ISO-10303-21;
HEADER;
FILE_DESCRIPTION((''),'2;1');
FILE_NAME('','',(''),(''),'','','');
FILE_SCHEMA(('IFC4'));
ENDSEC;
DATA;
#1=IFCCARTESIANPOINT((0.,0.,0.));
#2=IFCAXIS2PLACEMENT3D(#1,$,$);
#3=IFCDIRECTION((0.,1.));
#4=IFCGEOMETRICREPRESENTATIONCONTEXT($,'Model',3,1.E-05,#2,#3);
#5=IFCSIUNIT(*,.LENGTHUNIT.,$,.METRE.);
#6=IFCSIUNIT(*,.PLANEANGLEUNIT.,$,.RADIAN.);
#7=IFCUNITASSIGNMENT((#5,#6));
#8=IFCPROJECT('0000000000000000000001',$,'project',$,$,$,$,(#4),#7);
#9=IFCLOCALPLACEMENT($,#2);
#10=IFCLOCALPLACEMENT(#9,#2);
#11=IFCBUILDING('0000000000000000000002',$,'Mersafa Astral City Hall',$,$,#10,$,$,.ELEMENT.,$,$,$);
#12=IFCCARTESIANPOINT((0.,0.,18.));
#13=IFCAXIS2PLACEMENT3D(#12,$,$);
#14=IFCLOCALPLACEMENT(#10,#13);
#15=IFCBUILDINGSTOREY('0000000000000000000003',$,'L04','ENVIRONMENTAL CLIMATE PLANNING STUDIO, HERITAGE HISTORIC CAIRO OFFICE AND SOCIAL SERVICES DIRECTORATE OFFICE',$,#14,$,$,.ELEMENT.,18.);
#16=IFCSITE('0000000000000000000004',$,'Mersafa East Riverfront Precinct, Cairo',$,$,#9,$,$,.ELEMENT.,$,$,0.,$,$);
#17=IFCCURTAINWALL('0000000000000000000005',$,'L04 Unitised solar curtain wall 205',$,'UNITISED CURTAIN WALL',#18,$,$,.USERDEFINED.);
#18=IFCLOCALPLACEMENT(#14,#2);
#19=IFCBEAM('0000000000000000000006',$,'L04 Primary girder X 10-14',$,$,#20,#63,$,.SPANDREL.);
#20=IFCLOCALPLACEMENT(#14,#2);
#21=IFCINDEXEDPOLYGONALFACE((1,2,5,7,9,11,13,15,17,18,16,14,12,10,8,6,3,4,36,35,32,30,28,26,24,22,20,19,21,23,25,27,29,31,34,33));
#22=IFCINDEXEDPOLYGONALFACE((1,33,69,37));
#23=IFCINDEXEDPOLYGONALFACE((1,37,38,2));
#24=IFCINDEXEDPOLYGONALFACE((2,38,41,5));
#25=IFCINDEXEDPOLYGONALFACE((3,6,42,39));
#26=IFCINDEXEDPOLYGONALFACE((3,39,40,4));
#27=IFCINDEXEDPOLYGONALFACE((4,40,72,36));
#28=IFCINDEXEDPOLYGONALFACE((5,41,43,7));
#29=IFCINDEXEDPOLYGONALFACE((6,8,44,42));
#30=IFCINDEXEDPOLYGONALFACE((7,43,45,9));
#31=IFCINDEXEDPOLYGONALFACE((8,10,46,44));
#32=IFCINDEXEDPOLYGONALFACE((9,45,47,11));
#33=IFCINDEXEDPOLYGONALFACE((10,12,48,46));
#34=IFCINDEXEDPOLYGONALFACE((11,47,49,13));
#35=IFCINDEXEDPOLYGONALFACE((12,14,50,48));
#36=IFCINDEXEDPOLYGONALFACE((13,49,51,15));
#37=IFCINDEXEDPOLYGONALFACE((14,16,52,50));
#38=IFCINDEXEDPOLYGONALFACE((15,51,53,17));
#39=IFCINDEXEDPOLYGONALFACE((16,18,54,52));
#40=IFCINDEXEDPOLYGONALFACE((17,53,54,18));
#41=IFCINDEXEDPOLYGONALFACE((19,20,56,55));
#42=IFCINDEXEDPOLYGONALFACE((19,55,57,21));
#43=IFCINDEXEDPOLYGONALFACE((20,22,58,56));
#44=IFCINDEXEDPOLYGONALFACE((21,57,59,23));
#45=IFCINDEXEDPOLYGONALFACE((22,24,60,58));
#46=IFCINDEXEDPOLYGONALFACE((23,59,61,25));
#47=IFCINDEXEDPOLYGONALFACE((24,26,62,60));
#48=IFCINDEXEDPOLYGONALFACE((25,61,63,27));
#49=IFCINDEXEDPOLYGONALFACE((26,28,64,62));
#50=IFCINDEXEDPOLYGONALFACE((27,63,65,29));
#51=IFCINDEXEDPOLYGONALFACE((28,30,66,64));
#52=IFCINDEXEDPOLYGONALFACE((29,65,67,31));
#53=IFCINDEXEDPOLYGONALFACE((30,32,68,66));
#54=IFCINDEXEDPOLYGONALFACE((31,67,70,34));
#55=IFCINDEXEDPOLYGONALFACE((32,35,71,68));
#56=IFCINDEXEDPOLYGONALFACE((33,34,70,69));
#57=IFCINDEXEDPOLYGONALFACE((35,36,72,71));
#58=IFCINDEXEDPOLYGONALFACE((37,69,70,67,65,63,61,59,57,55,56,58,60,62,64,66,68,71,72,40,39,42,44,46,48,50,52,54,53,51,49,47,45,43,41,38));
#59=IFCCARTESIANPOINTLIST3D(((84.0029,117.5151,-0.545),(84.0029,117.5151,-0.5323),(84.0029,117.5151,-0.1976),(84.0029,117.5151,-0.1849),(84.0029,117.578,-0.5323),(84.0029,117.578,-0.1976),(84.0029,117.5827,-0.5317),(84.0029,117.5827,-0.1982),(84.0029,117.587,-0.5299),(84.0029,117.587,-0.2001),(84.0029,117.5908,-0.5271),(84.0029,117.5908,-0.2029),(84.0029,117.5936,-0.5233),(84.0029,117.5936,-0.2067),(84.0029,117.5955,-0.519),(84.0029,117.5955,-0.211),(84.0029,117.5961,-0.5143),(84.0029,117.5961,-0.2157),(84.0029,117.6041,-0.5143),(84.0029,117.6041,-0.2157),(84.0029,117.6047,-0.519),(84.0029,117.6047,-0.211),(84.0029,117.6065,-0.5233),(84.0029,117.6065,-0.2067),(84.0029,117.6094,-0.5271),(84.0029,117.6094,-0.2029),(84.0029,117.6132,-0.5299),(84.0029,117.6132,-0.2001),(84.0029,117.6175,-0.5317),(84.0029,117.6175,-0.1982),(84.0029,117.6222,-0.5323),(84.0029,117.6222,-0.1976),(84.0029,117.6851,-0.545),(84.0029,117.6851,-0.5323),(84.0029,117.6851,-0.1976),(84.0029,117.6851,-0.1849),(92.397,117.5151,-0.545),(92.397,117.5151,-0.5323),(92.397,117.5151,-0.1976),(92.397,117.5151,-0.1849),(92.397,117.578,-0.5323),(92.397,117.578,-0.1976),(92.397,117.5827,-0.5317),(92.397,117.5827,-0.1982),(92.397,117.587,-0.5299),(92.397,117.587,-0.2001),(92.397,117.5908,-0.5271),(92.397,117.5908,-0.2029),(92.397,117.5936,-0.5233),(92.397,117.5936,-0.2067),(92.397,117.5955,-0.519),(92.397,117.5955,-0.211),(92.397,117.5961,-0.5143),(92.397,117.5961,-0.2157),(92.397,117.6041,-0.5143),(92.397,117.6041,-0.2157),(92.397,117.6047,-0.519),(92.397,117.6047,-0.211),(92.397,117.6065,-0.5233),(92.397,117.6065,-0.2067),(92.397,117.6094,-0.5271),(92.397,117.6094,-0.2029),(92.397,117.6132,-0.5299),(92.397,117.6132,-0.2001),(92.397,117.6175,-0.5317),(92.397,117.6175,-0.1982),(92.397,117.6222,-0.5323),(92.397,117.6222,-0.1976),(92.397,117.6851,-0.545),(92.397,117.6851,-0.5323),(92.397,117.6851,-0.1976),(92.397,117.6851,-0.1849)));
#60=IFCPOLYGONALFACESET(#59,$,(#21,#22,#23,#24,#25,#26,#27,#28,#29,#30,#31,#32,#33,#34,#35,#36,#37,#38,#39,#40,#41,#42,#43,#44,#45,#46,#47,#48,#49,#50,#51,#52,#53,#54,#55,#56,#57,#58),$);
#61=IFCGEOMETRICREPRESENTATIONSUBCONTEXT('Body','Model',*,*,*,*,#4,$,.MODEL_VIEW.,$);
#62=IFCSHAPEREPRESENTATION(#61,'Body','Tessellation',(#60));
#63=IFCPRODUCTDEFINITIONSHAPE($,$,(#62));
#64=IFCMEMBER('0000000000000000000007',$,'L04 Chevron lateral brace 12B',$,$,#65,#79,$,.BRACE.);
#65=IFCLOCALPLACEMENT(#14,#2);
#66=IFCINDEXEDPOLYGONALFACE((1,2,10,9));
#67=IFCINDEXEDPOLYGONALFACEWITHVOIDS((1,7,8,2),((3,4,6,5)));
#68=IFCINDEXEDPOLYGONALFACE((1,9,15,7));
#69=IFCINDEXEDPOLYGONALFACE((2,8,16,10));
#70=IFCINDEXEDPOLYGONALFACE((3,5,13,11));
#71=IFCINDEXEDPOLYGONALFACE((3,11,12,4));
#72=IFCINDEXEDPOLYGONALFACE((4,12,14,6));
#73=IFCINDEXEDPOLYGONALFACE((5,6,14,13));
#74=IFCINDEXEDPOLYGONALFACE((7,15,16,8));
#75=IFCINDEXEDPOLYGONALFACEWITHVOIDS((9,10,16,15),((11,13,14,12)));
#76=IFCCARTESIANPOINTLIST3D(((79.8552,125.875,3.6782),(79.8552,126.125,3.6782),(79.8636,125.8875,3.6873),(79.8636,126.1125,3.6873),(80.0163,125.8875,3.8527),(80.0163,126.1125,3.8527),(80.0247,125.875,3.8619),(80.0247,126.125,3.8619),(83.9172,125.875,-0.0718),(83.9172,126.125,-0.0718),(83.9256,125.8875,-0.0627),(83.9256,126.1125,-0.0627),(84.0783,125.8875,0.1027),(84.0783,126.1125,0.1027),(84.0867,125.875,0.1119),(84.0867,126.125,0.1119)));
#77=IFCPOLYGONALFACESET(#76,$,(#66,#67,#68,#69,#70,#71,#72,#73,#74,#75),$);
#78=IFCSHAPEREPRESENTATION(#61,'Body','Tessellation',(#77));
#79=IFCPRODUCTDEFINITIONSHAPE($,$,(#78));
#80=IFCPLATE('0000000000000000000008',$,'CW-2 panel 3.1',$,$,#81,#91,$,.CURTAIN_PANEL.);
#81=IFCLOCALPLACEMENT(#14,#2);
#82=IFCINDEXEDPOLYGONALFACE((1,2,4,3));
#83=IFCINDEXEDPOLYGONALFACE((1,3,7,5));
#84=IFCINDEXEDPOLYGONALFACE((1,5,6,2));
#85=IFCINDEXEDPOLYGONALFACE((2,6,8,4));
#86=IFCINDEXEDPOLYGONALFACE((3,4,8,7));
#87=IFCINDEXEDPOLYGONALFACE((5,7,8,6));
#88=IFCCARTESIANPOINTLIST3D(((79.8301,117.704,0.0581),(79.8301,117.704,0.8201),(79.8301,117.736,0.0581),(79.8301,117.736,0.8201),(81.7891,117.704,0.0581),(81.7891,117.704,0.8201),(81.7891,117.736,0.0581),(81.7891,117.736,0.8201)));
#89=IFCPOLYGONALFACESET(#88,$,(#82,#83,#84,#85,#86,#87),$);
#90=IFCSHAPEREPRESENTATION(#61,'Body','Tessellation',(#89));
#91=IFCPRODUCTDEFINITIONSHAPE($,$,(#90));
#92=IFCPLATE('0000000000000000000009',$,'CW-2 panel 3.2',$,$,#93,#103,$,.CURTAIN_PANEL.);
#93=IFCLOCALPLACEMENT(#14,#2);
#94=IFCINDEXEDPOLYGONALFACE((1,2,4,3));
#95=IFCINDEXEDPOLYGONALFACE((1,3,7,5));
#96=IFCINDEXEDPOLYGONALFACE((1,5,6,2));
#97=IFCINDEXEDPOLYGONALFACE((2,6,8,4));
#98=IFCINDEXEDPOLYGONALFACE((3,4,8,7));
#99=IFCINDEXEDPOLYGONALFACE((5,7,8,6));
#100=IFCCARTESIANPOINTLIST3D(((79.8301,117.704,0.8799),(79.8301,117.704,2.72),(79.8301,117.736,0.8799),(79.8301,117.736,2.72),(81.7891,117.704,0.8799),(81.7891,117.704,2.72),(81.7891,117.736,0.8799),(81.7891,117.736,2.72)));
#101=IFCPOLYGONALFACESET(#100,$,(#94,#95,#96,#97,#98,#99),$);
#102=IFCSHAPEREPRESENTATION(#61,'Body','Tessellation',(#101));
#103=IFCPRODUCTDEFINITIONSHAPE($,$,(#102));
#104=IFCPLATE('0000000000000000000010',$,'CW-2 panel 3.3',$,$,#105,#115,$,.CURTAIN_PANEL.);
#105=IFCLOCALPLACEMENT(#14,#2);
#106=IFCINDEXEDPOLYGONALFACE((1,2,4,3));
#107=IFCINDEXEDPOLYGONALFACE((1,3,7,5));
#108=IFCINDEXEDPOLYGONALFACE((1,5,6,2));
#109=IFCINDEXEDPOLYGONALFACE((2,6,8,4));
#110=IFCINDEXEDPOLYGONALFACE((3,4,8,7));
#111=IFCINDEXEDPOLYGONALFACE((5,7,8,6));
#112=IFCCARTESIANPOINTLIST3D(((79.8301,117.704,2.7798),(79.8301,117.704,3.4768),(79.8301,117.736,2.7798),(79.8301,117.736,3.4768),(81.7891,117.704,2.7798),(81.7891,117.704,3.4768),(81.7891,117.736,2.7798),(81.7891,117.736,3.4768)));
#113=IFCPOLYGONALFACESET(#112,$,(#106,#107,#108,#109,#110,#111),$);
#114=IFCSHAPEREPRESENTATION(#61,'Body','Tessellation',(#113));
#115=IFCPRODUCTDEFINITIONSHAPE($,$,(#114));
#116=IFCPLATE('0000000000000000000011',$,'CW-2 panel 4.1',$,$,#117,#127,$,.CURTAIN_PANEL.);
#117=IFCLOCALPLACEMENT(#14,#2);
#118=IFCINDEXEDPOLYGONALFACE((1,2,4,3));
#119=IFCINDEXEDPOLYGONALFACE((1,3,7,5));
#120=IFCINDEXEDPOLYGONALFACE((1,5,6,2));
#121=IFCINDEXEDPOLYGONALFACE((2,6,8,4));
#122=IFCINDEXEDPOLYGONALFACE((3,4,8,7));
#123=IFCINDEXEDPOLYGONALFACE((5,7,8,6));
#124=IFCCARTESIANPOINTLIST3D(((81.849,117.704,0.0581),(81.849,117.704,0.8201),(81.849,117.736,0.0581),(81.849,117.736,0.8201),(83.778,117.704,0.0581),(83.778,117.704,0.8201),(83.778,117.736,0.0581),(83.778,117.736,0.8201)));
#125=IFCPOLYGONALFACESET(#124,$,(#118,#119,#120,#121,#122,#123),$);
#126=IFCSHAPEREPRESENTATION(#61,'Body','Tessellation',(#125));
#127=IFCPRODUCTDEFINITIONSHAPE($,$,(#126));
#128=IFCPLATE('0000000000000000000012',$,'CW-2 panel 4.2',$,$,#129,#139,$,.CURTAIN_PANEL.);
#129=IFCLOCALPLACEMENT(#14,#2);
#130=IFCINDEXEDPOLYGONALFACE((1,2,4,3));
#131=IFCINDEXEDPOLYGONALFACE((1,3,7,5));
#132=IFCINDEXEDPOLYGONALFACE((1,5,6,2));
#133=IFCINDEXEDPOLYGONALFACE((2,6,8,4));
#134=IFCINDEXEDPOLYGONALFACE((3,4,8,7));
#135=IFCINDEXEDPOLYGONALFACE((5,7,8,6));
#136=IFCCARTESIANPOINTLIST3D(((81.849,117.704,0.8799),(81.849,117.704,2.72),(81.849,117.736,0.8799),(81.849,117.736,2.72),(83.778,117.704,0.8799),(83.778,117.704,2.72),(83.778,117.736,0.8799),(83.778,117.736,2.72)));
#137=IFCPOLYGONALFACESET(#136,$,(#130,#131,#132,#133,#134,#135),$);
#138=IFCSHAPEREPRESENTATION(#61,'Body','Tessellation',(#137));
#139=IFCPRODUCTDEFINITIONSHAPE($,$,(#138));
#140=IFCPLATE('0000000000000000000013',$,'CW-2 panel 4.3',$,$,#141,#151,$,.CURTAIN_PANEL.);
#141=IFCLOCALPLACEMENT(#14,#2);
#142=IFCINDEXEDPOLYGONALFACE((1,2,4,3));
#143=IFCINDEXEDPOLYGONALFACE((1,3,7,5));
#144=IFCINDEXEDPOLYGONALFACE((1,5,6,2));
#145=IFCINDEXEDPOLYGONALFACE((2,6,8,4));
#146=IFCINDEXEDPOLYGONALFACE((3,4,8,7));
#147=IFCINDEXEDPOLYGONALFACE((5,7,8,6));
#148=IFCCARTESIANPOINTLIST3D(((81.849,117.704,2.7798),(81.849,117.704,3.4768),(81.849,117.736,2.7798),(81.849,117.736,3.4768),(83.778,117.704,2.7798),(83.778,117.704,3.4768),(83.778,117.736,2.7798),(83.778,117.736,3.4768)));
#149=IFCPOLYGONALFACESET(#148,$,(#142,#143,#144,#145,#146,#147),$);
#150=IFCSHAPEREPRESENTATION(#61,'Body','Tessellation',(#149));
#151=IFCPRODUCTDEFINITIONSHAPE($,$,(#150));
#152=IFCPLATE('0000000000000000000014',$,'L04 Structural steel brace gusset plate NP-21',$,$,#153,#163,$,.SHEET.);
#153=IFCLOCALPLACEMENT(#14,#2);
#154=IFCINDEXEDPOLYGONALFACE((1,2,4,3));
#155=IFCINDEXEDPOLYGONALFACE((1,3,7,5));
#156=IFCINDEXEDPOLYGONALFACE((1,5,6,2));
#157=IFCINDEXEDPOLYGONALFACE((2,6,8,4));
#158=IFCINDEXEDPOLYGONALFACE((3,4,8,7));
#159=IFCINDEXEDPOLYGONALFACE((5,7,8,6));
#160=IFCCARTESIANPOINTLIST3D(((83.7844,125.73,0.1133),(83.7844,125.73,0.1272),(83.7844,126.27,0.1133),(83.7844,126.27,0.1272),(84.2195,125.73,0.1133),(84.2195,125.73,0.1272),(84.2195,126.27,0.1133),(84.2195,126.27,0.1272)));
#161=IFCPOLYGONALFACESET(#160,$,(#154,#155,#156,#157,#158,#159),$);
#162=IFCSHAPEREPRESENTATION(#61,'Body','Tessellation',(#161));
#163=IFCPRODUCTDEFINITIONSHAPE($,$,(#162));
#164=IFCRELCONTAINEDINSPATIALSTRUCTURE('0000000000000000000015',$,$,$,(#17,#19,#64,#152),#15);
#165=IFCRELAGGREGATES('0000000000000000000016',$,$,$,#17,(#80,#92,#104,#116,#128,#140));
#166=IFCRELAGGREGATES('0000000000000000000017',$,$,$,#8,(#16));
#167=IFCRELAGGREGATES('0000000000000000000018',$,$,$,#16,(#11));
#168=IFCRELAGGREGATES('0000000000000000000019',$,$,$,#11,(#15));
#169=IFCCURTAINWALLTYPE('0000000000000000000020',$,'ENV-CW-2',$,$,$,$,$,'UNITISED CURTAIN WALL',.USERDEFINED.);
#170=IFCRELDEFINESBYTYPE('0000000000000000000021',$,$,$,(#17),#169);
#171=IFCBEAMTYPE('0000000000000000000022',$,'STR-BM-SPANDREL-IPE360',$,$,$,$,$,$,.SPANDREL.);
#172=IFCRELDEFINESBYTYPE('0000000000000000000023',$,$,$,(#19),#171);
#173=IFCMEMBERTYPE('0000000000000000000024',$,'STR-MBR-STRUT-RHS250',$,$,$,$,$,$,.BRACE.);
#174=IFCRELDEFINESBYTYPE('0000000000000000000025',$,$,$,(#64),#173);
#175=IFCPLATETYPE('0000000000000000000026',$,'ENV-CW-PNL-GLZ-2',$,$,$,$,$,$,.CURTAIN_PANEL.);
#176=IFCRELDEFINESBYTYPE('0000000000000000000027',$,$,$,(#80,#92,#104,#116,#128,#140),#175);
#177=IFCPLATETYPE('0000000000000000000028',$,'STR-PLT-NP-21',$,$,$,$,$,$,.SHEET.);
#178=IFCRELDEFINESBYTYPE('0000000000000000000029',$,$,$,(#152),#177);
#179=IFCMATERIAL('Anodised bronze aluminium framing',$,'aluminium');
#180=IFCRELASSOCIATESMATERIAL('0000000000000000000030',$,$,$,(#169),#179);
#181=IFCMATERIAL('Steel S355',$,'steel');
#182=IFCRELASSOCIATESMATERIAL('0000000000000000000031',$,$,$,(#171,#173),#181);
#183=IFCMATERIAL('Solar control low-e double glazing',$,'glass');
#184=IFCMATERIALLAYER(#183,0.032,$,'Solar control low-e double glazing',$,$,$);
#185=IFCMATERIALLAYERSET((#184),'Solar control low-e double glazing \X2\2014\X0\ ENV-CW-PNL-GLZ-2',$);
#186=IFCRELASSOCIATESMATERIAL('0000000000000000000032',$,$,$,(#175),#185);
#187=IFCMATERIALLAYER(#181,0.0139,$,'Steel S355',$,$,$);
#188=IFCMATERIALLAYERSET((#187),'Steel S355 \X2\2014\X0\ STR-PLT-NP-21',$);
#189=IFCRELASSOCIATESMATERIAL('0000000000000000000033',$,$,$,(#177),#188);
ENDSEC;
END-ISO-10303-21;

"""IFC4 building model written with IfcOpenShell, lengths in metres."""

from ifc_helpers import new_model, si_unit, direction, frame, origin, origin_2d, place, context, subcontext, project, spatial, rectangle, hollow_rectangle, i_section, extrude, material, layer, layer_set, material_profile, profile_set, type_object, element, aggregate, save


model = new_model("IFC4")

# Units and contexts
model_context = context("Model", 3, precision=1e-05, world=origin(), true_north=direction((0.0, 1.0)))
body_context = subcontext(model_context, "Body", "Model", "MODEL_VIEW")
ifc_project = project(units=[si_unit("LENGTHUNIT", "METRE"), si_unit("PLANEANGLEUNIT", "RADIAN")], contexts=[model_context])

# Site, building, storey
site_placement = place(None, origin())
site = spatial("IfcSite", under=ifc_project, at=site_placement, Name="Mersafa East Riverfront Precinct, Cairo", CompositionType="ELEMENT", RefElevation=0.0)
building_placement = place(site_placement, origin())
building = spatial("IfcBuilding", under=site, at=building_placement, Name="Mersafa Astral City Hall", CompositionType="ELEMENT")
storey_placement = place(building_placement, frame((0.0, 0.0, 18.0)))
storey = spatial("IfcBuildingStorey", under=building, at=storey_placement, Name="L04", Description="ENVIRONMENTAL CLIMATE PLANNING STUDIO, HERITAGE HISTORIC CAIRO OFFICE AND SOCIAL SERVICES DIRECTORATE OFFICE", CompositionType="ELEMENT", Elevation=18.0)

# Shared definitions
ifc_material_1 = material(Name="Steel S355", Category="steel")

# Curtain wall
ifc_material_2 = material(Name="Anodised bronze aluminium framing", Category="aluminium")
curtain_wall_type = type_object("IfcCurtainWallType", Name="ENV-CW-2", ElementType="UNITISED CURTAIN WALL", PredefinedType="USERDEFINED", material=ifc_material_2)
curtain_wall_placement = place(storey_placement, origin())
curtain_wall = element("IfcCurtainWall", 1, at=curtain_wall_placement, inside=storey, type_object=curtain_wall_type, Name="L04 Unitised solar curtain wall 205", ObjectType="UNITISED CURTAIN WALL", PredefinedType="USERDEFINED")

# Beam
ifc_material_profile_1 = material_profile(ifc_material_1, i_section(OverallWidth=0.1699, OverallDepth=0.3601, WebThickness=0.0081, FlangeThickness=0.0127, FilletRadius=0.0181, at=origin_2d()), Name="IPE 360")
ifc_profile_set_1 = profile_set([ifc_material_profile_1], Name="Steel S355")
beam_type_1 = type_object("IfcBeamType", Name="STR-BM-SPANDREL-IPE360", PredefinedType="SPANDREL", material=ifc_profile_set_1)
beam_1_placement = place(storey_placement, frame((84.0029, 117.6001, -0.365), z_axis=(1.0, 0.0, 0.0), x_axis=(0.0, 1.0, 0.0)))
element("IfcBeam", 2, at=beam_1_placement, inside=storey, type_object=beam_type_1, Name="L04 Primary girder X 10-14", PredefinedType="SPANDREL", context=body_context, shape_type="SweptSolid", body=[
    extrude(i_section(OverallWidth=0.1699, OverallDepth=0.3601, WebThickness=0.0081, FlangeThickness=0.0127, FilletRadius=0.0181, at=origin_2d()), origin(), (0.0, 0.0, 1.0), 8.394),
])

# Member
ifc_material_profile_2 = material_profile(ifc_material_1, hollow_rectangle(XDim=0.25, YDim=0.25, WallThickness=0.0125, at=origin_2d()), Name="RHS 250x250x12.5")
ifc_profile_set_2 = profile_set([ifc_material_profile_2], Name="Steel S355")
member_type_1 = type_object("IfcMemberType", Name="STR-MBR-STRUT-RHS250", PredefinedType="BRACE", material=ifc_profile_set_2)
member_1_placement = place(storey_placement, frame((84.002, 126.0, 0.02), z_axis=(-0.734763, 0.0, 0.678324), x_axis=(0.0, -1.0, 0.0)))
element("IfcMember", 3, at=member_1_placement, inside=storey, type_object=member_type_1, Name="L04 Chevron lateral brace 12B", PredefinedType="BRACE", context=body_context, shape_type="SweptSolid", body=[
    extrude(hollow_rectangle(XDim=0.25, YDim=0.25, WallThickness=0.0125, at=origin_2d()), origin(), (0.0, 0.0, 1.0), 5.5283),
])

# Plates
ifc_material_3 = material(Name="Solar control low-e double glazing", Category="glass")
ifc_layer_1 = layer(ifc_material_3, 0.032, Name="Solar control low-e double glazing")
ifc_layer_set_1 = layer_set([ifc_layer_1], Name="Solar control low-e double glazing — ENV-CW-PNL-GLZ-2")
plate_type_1 = type_object("IfcPlateType", Name="ENV-CW-PNL-GLZ-2", PredefinedType="CURTAIN_PANEL", material=ifc_layer_set_1)
plate_1_placement = place(storey_placement, frame((80.8096, 117.72, 0.0581), z_axis=(0.0, 0.0, 1.0), x_axis=(1.0, 0.0, 0.0)))
plate_1 = element("IfcPlate", 4, at=plate_1_placement, type_object=plate_type_1, Name="CW-2 panel 3.1", PredefinedType="CURTAIN_PANEL", context=body_context, shape_type="SweptSolid", body=[
    extrude(rectangle(XDim=1.959, YDim=0.032, at=origin_2d()), origin(), (0.0, 0.0, 1.0), 0.762),
])
plate_2_placement = place(storey_placement, frame((80.8096, 117.72, 0.8799), z_axis=(0.0, 0.0, 1.0), x_axis=(1.0, 0.0, 0.0)))
plate_2 = element("IfcPlate", 5, at=plate_2_placement, type_object=plate_type_1, Name="CW-2 panel 3.2", PredefinedType="CURTAIN_PANEL", context=body_context, shape_type="SweptSolid", body=[
    extrude(rectangle(XDim=1.959, YDim=0.032, at=origin_2d()), origin(), (0.0, 0.0, 1.0), 1.8401),
])
plate_3_placement = place(storey_placement, frame((80.8096, 117.72, 2.7798), z_axis=(0.0, 0.0, 1.0), x_axis=(1.0, 0.0, 0.0)))
plate_3 = element("IfcPlate", 6, at=plate_3_placement, type_object=plate_type_1, Name="CW-2 panel 3.3", PredefinedType="CURTAIN_PANEL", context=body_context, shape_type="SweptSolid", body=[
    extrude(rectangle(XDim=1.959, YDim=0.032, at=origin_2d()), origin(), (0.0, 0.0, 1.0), 0.697),
])
plate_4_placement = place(storey_placement, frame((82.8135, 117.72, 0.0581), z_axis=(0.0, 0.0, 1.0), x_axis=(1.0, 0.0, 0.0)))
plate_4 = element("IfcPlate", 7, at=plate_4_placement, type_object=plate_type_1, Name="CW-2 panel 4.1", PredefinedType="CURTAIN_PANEL", context=body_context, shape_type="SweptSolid", body=[
    extrude(rectangle(XDim=1.929, YDim=0.032, at=origin_2d()), origin(), (0.0, 0.0, 1.0), 0.762),
])
plate_5_placement = place(storey_placement, frame((82.8135, 117.72, 0.8799), z_axis=(0.0, 0.0, 1.0), x_axis=(1.0, 0.0, 0.0)))
plate_5 = element("IfcPlate", 8, at=plate_5_placement, type_object=plate_type_1, Name="CW-2 panel 4.2", PredefinedType="CURTAIN_PANEL", context=body_context, shape_type="SweptSolid", body=[
    extrude(rectangle(XDim=1.929, YDim=0.032, at=origin_2d()), origin(), (0.0, 0.0, 1.0), 1.8401),
])
plate_6_placement = place(storey_placement, frame((82.8135, 117.72, 2.7798), z_axis=(0.0, 0.0, 1.0), x_axis=(1.0, 0.0, 0.0)))
plate_6 = element("IfcPlate", 9, at=plate_6_placement, type_object=plate_type_1, Name="CW-2 panel 4.3", PredefinedType="CURTAIN_PANEL", context=body_context, shape_type="SweptSolid", body=[
    extrude(rectangle(XDim=1.929, YDim=0.032, at=origin_2d()), origin(), (0.0, 0.0, 1.0), 0.697),
])
aggregate(curtain_wall, [plate_1, plate_2, plate_3, plate_4, plate_5, plate_6])
ifc_layer_2 = layer(ifc_material_1, 0.0139, Name="Steel S355")
ifc_layer_set_2 = layer_set([ifc_layer_2], Name="Steel S355 — STR-PLT-NP-21")
plate_type_2 = type_object("IfcPlateType", Name="STR-PLT-NP-21", PredefinedType="SHEET", material=ifc_layer_set_2)
plate_7_placement = place(storey_placement, frame((84.002, 126.0, 0.1133), z_axis=(0.0, 0.0, 1.0), x_axis=(1.0, 0.0, 0.0)))
element("IfcPlate", 10, at=plate_7_placement, inside=storey, type_object=plate_type_2, Name="L04 Structural steel brace gusset plate NP-21", PredefinedType="SHEET", context=body_context, shape_type="SweptSolid", body=[
    extrude(rectangle(XDim=0.4351, YDim=0.54, at=origin_2d()), origin(), (0.0, 0.0, 1.0), 0.0139),
])

save(model, "model.ifc")
